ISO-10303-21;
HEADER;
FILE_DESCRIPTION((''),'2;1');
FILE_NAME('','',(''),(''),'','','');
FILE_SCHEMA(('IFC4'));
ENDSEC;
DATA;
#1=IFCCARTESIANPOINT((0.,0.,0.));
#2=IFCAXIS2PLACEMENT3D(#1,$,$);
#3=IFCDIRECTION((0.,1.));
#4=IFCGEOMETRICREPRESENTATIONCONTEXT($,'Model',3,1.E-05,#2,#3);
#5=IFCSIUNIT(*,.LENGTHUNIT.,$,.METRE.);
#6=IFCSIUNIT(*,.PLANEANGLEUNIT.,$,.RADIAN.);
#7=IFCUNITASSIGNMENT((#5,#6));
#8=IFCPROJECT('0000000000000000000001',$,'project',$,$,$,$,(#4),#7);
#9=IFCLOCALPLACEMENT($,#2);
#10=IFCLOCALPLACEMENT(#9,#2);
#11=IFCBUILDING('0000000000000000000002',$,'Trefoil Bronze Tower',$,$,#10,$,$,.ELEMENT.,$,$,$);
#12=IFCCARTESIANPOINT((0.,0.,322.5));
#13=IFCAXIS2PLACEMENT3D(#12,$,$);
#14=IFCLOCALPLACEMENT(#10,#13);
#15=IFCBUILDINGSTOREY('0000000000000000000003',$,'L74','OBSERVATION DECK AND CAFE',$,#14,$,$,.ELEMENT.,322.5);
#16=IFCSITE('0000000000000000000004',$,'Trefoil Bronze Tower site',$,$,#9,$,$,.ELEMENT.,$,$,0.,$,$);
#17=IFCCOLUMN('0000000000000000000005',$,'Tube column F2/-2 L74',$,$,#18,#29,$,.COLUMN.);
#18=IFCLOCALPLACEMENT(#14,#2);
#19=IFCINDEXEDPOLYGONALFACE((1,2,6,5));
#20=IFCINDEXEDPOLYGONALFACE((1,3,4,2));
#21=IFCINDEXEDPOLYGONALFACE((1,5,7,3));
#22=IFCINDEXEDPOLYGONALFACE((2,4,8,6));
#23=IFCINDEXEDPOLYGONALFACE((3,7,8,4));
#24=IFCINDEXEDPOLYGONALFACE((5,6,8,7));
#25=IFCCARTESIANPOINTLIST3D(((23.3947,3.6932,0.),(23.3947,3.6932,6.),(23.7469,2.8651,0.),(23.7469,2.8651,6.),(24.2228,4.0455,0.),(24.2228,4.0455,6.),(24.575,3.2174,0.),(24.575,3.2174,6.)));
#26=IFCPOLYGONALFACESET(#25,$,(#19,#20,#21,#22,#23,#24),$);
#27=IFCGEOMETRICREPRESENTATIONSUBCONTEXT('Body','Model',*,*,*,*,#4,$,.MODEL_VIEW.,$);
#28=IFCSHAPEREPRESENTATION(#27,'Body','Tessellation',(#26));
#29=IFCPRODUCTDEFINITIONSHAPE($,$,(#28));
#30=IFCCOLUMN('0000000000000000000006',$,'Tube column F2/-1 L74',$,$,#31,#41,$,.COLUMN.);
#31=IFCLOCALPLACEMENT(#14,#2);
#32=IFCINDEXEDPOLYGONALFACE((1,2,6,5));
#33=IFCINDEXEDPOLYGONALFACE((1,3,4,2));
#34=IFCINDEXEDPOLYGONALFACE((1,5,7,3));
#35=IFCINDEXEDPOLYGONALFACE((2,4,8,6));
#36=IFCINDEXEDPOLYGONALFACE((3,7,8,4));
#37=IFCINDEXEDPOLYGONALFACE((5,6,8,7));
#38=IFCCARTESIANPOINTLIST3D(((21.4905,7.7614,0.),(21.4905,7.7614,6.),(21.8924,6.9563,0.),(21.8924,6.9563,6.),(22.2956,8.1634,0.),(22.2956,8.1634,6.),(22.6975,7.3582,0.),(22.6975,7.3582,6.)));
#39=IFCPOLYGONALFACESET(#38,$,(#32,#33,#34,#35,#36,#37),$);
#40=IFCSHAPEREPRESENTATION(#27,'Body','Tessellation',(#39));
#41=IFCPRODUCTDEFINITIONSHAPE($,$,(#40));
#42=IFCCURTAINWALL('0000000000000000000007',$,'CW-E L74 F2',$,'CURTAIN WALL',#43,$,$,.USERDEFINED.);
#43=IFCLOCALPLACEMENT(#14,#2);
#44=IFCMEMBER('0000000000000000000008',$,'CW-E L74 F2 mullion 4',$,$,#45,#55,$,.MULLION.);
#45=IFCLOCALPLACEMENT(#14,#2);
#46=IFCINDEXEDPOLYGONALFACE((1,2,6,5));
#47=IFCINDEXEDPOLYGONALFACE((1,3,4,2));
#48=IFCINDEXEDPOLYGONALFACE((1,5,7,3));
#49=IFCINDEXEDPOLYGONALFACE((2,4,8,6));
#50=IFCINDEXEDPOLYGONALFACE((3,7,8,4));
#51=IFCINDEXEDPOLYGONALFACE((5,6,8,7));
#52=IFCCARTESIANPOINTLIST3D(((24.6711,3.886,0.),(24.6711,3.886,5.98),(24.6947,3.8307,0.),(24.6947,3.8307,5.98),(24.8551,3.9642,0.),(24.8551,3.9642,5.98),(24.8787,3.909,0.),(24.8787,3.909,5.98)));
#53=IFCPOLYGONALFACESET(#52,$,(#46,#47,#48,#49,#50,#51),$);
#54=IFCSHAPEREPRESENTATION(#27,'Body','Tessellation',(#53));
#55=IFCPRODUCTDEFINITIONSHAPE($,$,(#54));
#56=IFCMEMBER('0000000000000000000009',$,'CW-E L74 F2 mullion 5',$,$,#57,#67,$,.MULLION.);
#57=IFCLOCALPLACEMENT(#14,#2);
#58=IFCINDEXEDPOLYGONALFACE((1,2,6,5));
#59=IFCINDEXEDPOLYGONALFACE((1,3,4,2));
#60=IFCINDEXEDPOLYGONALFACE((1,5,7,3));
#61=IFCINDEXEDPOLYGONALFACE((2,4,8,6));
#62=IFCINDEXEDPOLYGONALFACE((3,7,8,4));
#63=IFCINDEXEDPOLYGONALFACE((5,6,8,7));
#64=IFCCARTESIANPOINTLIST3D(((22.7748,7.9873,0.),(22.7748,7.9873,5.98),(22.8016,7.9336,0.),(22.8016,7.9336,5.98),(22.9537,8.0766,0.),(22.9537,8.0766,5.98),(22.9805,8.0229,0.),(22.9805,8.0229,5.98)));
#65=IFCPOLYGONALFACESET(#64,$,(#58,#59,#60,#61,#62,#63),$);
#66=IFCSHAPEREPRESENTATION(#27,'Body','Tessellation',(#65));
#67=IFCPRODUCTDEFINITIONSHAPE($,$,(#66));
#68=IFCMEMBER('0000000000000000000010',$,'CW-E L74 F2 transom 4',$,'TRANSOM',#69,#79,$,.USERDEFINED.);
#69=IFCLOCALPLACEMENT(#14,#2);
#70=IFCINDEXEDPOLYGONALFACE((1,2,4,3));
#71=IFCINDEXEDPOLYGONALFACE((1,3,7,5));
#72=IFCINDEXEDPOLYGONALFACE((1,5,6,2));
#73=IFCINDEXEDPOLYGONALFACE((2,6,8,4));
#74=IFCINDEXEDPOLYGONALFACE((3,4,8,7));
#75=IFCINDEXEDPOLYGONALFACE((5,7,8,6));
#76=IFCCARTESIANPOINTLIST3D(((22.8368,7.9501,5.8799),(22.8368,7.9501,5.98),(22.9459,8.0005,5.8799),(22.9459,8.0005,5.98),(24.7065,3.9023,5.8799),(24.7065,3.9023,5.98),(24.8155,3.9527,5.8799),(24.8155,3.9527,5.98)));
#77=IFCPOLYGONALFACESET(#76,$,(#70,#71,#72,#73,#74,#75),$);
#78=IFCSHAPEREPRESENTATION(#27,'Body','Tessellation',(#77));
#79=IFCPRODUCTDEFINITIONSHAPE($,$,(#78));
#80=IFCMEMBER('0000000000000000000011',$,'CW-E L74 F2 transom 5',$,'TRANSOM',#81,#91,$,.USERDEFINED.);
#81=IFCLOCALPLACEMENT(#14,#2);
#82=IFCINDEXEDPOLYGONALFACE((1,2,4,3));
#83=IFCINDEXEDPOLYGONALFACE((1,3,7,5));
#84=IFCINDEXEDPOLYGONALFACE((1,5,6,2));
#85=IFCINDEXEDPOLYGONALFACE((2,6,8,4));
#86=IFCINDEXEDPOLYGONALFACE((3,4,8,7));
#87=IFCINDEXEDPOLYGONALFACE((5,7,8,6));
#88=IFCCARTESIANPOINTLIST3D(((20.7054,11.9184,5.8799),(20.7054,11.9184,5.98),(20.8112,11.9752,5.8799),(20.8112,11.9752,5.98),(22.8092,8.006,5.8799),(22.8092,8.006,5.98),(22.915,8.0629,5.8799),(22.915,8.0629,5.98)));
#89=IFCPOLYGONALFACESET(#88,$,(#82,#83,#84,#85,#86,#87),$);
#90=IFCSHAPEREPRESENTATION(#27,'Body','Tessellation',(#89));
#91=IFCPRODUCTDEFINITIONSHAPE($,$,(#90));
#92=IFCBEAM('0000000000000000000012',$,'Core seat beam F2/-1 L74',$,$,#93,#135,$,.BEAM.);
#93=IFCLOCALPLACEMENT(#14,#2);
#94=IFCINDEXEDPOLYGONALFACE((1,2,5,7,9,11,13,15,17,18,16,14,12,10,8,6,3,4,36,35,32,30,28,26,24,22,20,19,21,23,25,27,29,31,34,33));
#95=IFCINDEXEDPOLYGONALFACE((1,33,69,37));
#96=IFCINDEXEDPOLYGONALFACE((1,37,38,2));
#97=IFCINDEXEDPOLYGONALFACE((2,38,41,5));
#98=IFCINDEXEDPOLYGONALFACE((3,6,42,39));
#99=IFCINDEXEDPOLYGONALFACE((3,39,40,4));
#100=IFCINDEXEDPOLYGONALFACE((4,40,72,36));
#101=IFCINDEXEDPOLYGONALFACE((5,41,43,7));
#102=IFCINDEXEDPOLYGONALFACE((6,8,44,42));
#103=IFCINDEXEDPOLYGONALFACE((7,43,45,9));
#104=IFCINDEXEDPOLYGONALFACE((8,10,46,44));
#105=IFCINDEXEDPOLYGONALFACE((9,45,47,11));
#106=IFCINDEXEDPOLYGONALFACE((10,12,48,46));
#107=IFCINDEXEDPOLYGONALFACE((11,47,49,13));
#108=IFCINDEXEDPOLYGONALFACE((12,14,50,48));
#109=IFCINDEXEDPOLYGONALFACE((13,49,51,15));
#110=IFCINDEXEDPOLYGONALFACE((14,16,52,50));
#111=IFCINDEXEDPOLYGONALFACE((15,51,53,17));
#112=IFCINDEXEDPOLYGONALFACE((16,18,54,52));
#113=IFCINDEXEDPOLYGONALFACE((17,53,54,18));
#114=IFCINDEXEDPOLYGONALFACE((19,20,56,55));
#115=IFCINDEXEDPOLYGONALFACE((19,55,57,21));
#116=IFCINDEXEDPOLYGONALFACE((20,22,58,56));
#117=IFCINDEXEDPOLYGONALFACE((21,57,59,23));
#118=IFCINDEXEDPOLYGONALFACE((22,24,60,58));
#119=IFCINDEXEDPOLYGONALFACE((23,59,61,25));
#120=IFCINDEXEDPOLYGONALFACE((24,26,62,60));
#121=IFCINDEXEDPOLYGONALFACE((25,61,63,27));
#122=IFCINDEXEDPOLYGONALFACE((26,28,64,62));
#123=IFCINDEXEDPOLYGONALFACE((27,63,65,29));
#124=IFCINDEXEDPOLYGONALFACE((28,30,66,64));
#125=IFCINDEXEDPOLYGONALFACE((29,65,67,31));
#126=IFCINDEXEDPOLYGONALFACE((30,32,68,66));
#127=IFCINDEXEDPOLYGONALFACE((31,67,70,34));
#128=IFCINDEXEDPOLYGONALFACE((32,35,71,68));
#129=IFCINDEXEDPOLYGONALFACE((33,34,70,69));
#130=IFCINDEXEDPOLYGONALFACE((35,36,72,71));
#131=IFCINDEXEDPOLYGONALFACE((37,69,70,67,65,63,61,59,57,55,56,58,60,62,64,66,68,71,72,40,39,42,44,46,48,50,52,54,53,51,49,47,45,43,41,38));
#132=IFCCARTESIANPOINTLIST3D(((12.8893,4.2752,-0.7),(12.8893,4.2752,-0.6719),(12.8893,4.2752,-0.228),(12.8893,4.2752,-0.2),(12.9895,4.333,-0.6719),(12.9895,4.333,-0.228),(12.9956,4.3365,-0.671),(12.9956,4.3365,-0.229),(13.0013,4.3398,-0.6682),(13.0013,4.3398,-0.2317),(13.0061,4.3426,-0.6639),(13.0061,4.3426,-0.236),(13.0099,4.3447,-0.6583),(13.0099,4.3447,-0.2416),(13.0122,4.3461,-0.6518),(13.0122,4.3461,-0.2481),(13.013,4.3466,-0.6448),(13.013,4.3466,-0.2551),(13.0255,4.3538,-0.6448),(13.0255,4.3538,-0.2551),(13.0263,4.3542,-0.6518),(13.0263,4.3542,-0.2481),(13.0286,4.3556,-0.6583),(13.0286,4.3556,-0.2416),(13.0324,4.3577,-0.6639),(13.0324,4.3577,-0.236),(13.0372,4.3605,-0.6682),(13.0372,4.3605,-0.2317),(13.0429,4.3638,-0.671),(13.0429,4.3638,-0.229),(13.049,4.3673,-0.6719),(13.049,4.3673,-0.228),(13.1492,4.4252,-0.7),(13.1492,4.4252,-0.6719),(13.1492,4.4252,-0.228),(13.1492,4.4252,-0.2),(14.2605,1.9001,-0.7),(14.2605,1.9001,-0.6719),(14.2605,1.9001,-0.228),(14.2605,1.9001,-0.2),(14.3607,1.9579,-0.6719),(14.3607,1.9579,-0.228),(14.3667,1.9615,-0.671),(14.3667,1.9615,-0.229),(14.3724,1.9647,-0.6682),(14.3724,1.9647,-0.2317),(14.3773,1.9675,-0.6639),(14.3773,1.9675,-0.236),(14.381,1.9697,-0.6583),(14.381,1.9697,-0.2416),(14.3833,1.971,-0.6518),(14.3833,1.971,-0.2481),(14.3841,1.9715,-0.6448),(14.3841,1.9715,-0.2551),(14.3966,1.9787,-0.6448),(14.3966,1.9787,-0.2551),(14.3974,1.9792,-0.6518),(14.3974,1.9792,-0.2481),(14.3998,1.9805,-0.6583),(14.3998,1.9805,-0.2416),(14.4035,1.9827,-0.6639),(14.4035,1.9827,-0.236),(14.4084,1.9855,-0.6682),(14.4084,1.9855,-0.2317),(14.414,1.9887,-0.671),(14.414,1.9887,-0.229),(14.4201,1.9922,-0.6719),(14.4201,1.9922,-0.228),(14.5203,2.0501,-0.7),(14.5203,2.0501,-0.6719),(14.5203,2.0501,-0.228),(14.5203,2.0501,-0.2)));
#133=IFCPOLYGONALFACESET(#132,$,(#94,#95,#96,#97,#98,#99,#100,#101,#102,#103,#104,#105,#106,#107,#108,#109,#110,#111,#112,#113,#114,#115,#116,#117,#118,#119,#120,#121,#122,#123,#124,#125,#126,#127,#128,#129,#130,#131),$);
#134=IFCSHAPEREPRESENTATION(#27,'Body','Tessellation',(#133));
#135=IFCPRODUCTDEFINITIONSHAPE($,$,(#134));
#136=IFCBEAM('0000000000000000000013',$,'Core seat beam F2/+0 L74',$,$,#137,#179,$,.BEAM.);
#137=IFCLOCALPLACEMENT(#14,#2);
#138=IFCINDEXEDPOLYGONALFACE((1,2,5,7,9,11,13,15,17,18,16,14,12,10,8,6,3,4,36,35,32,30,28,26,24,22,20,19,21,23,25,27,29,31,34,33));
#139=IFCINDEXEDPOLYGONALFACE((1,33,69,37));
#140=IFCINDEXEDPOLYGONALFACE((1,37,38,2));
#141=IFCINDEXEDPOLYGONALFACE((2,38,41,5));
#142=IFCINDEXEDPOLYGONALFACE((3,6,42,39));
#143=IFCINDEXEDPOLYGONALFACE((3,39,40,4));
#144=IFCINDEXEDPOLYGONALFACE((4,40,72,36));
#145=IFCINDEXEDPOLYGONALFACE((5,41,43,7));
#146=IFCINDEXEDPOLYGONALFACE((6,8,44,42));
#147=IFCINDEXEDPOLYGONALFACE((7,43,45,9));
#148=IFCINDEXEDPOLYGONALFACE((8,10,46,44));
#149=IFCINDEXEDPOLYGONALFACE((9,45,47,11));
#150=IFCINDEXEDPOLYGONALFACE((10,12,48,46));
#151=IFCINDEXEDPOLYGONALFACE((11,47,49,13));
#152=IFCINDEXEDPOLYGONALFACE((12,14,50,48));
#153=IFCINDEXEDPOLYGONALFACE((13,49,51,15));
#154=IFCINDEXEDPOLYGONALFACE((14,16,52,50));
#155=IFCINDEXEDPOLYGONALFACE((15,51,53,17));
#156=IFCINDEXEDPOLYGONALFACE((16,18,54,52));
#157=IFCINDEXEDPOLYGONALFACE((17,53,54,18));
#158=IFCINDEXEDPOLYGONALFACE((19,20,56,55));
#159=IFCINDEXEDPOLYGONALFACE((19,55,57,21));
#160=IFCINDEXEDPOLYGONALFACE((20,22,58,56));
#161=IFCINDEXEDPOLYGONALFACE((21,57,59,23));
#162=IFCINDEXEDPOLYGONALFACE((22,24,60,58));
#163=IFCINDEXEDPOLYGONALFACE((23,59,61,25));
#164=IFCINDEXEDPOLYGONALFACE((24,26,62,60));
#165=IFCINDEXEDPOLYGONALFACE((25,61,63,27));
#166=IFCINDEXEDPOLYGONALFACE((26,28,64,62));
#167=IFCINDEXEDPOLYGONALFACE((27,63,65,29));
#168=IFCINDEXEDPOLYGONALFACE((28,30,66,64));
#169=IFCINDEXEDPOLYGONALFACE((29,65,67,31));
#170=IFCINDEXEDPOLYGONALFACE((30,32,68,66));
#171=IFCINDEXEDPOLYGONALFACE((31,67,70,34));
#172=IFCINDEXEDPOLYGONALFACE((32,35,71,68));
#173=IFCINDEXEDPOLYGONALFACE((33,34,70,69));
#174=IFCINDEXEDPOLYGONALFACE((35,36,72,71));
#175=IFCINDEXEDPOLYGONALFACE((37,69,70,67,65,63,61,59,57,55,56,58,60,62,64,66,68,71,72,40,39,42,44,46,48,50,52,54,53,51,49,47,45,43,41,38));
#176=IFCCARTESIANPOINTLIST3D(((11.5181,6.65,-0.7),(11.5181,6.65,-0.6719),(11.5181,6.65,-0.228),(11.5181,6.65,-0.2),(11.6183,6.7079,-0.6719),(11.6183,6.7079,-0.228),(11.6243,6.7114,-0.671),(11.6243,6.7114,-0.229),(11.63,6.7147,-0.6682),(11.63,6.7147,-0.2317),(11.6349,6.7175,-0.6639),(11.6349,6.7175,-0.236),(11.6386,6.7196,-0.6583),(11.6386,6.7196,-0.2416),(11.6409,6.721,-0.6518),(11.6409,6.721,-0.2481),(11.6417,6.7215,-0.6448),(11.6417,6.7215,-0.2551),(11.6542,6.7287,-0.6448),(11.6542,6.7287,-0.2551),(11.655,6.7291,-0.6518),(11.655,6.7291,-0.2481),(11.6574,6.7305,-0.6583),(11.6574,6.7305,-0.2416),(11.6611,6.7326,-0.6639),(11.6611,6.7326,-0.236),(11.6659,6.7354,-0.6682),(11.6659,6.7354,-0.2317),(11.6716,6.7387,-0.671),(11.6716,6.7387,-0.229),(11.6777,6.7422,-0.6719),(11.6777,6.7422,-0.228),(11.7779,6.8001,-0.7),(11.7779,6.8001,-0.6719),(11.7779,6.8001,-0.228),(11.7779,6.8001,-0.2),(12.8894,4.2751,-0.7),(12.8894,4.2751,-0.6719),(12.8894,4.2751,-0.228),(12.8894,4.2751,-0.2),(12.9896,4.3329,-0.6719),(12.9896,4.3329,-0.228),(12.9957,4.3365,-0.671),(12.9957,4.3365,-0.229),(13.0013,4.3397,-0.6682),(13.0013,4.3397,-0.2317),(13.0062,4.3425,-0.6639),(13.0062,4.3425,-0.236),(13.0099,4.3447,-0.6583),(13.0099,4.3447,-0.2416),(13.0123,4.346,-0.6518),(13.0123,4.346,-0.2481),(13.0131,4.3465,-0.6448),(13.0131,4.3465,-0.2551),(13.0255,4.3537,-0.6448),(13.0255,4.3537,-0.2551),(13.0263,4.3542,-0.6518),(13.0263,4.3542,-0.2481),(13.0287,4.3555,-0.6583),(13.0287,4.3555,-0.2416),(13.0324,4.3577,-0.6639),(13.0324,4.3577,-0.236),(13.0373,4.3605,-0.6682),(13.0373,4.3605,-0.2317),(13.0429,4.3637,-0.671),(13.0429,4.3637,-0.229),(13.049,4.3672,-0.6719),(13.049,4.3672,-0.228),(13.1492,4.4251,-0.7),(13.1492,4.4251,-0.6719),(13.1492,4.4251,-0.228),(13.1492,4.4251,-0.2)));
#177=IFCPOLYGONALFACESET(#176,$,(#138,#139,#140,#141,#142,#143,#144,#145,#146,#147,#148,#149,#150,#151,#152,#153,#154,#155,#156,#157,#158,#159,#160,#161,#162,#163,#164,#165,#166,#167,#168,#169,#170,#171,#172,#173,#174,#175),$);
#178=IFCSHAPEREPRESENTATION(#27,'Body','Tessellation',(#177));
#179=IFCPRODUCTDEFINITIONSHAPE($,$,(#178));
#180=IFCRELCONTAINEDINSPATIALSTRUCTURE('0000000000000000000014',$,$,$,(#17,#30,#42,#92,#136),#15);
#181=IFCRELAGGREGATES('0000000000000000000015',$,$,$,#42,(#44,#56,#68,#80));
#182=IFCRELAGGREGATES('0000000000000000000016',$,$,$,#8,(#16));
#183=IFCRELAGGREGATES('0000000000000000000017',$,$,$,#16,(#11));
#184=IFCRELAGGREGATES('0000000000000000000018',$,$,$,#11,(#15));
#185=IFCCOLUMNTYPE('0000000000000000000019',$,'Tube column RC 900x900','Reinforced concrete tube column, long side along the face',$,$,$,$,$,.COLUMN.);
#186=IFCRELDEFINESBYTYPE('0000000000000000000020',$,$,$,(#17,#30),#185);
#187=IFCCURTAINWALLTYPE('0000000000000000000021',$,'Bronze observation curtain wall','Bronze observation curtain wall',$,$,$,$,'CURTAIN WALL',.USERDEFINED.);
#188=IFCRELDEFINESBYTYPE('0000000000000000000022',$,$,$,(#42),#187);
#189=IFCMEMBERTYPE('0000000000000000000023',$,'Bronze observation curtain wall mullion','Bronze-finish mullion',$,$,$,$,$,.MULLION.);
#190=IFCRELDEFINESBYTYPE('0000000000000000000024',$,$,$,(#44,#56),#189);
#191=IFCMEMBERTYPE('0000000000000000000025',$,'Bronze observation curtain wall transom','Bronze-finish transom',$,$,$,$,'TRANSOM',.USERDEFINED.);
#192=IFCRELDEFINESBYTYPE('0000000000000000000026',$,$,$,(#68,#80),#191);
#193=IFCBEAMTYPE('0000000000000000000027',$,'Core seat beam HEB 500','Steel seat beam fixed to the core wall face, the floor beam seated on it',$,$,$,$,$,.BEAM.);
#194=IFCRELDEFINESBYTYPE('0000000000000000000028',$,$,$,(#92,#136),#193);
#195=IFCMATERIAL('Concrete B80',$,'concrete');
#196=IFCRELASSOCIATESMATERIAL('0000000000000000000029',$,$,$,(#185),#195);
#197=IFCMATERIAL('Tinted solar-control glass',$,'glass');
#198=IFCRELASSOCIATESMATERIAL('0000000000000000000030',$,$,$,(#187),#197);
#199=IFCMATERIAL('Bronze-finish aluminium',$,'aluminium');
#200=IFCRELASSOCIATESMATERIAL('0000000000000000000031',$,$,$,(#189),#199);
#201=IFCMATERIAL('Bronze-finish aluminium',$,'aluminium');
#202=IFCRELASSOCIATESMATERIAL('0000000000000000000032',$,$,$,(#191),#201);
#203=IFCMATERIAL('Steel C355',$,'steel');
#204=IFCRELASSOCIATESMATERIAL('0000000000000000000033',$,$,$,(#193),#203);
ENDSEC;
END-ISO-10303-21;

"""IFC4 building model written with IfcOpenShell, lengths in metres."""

from ifc_helpers import new_model, si_unit, direction, frame, origin, origin_2d, place, context, subcontext, project, spatial, rectangle, i_section, extrude, material, material_profile, profile_set, type_object, element, aggregate, save


model = new_model("IFC4")

# Units and contexts
model_context = context("Model", 3, precision=1e-05, world=origin(), true_north=direction((0.0, 1.0)))
body_context = subcontext(model_context, "Body", "Model", "MODEL_VIEW")
ifc_project = project(units=[si_unit("LENGTHUNIT", "METRE"), si_unit("PLANEANGLEUNIT", "RADIAN")], contexts=[model_context])

# Site, building, storey
site_placement = place(None, origin())
site = spatial("IfcSite", under=ifc_project, at=site_placement, Name="Trefoil Bronze Tower site", CompositionType="ELEMENT", RefElevation=0.0)
building_placement = place(site_placement, origin())
building = spatial("IfcBuilding", under=site, at=building_placement, Name="Trefoil Bronze Tower", CompositionType="ELEMENT")
storey_placement = place(building_placement, frame((0.0, 0.0, 322.5)))
storey = spatial("IfcBuildingStorey", under=building, at=storey_placement, Name="L74", Description="OBSERVATION DECK AND CAFE", CompositionType="ELEMENT", Elevation=322.5)

# Columns
ifc_material_1 = material(Name="Concrete B80", Category="concrete")
ifc_material_profile_1 = material_profile(ifc_material_1, rectangle(XDim=0.8999, YDim=0.8999, at=origin_2d()), Name="RC 900x900")
ifc_profile_set_1 = profile_set([ifc_material_profile_1], Name="Concrete B80")
column_type = type_object("IfcColumnType", Name="Tube column RC 900x900", Description="Reinforced concrete tube column, long side along the face", PredefinedType="COLUMN", material=ifc_profile_set_1)
for number, where, z_axis, x_axis, name in (
    (1, (23.9849, 3.4553, 0.0), (0.0, 0.0, 1.0), (-0.391436, 0.920205, 0.0), "Tube column F2/-2 L74"),
    (2, (22.094, 7.5598, 0.0), (0.0, 0.0, 1.0), (-0.446641, 0.894713, 0.0), "Tube column F2/-1 L74"),
):
    element("IfcColumn", number, at=place(storey_placement, frame(where, z_axis=z_axis, x_axis=x_axis)), inside=storey, type_object=column_type, Name=name, PredefinedType="COLUMN", context=body_context, shape_type="SweptSolid", body=[
        extrude(rectangle(XDim=0.8999, YDim=0.8999, at=origin_2d()), origin(), (0.0, 0.0, 1.0), 6.0),
    ])

# Curtain wall, members
ifc_material_2 = material(Name="Tinted solar-control glass", Category="glass")
curtain_wall_type = type_object("IfcCurtainWallType", Name="Bronze observation curtain wall", Description="Bronze observation curtain wall", ElementType="CURTAIN WALL", PredefinedType="USERDEFINED", material=ifc_material_2)
curtain_wall_placement = place(storey_placement, origin())
curtain_wall = element("IfcCurtainWall", 3, at=curtain_wall_placement, inside=storey, type_object=curtain_wall_type, Name="CW-E L74 F2", ObjectType="CURTAIN WALL", PredefinedType="USERDEFINED")
ifc_material_3 = material(Name="Bronze-finish aluminium", Category="aluminium")
ifc_material_profile_2 = material_profile(ifc_material_3, rectangle(XDim=0.2, YDim=0.0601, at=origin_2d()), Name="CW-E mullion")
ifc_profile_set_2 = profile_set([ifc_material_profile_2], Name="Bronze-finish aluminium")
member_type_1 = type_object("IfcMemberType", Name="Bronze observation curtain wall mullion", Description="Bronze-finish mullion", PredefinedType="MULLION", material=ifc_profile_set_2)
member_1_placement = place(storey_placement, frame((24.7749, 3.8975, 0.0), z_axis=(0.0, 0.0, 1.0), x_axis=(-0.920205, -0.391436, 0.0)))
member_1 = element("IfcMember", 4, at=member_1_placement, type_object=member_type_1, Name="CW-E L74 F2 mullion 4", PredefinedType="MULLION", context=body_context, shape_type="SweptSolid", body=[
    extrude(rectangle(XDim=0.2, YDim=0.0601, at=origin_2d()), origin(), (0.0, 0.0, 1.0), 5.98),
])
member_2_placement = place(storey_placement, frame((22.8777, 8.0051, 0.0), z_axis=(0.0, 0.0, 1.0), x_axis=(-0.894713, -0.446641, 0.0)))
member_2 = element("IfcMember", 5, at=member_2_placement, type_object=member_type_1, Name="CW-E L74 F2 mullion 5", PredefinedType="MULLION", context=body_context, shape_type="SweptSolid", body=[
    extrude(rectangle(XDim=0.2, YDim=0.0601, at=origin_2d()), origin(), (0.0, 0.0, 1.0), 5.98),
])
ifc_material_4 = material(Name="Bronze-finish aluminium", Category="aluminium")
ifc_material_profile_3 = material_profile(ifc_material_4, rectangle(XDim=0.1201, YDim=0.1001, at=origin_2d()), Name="CW-E transom")
ifc_profile_set_3 = profile_set([ifc_material_profile_3], Name="Bronze-finish aluminium")
member_type_2 = type_object("IfcMemberType", Name="Bronze observation curtain wall transom", Description="Bronze-finish transom", ElementType="TRANSOM", PredefinedType="USERDEFINED", material=ifc_profile_set_3)
member_3_placement = place(storey_placement, frame((24.761, 3.9275, 5.9299), z_axis=(-0.419315, 0.907841, 0.0), x_axis=(-0.907841, -0.419315, 0.0)))
member_3 = element("IfcMember", 6, at=member_3_placement, type_object=member_type_2, Name="CW-E L74 F2 transom 4", ObjectType="TRANSOM", PredefinedType="USERDEFINED", context=body_context, shape_type="SweptSolid", body=[
    extrude(rectangle(XDim=0.1201, YDim=0.1001, at=origin_2d()), origin(), (0.0, 0.0, 1.0), 4.4587),
])
member_4_placement = place(storey_placement, frame((22.8621, 8.0344, 5.9299), z_axis=(-0.473595, 0.880743, 0.0), x_axis=(-0.880743, -0.473595, 0.0)))
member_4 = element("IfcMember", 7, at=member_4_placement, type_object=member_type_2, Name="CW-E L74 F2 transom 5", ObjectType="TRANSOM", PredefinedType="USERDEFINED", context=body_context, shape_type="SweptSolid", body=[
    extrude(rectangle(XDim=0.1201, YDim=0.1001, at=origin_2d()), origin(), (0.0, 0.0, 1.0), 4.4421),
])

# Beams
ifc_material_5 = material(Name="Steel C355", Category="steel")
ifc_material_profile_4 = material_profile(ifc_material_5, i_section(OverallWidth=0.3, OverallDepth=0.5, WebThickness=0.0144, FlangeThickness=0.0281, FilletRadius=0.0271, at=origin_2d()), Name="HEB 500")
ifc_profile_set_4 = profile_set([ifc_material_profile_4], Name="Steel C355")
beam_type_1 = type_object("IfcBeamType", Name="Core seat beam HEB 500", Description="Steel seat beam fixed to the core wall face, the floor beam seated on it", PredefinedType="BEAM", material=ifc_profile_set_4)
for number, where, z_axis, x_axis, name in (
    (8, (14.3904, 1.9751, -0.45), (-0.499969, 0.866043, 0.0), (-0.866043, -0.499969, 0.0), "Core seat beam F2/-1 L74"),
    (9, (13.0193, 4.3501, -0.45), (-0.500036, 0.866005, 0.0), (-0.866005, -0.500036, 0.0), "Core seat beam F2/+0 L74"),
):
    element("IfcBeam", number, at=place(storey_placement, frame(where, z_axis=z_axis, x_axis=x_axis)), inside=storey, type_object=beam_type_1, Name=name, PredefinedType="BEAM", context=body_context, shape_type="SweptSolid", body=[
        extrude(i_section(OverallWidth=0.3, OverallDepth=0.5, WebThickness=0.0144, FlangeThickness=0.0281, FilletRadius=0.0271, at=origin_2d()), origin(), (0.0, 0.0, 1.0), 2.7424),
    ])

aggregate(curtain_wall, [member_1, member_2, member_3, member_4])

save(model, "model.ifc")
